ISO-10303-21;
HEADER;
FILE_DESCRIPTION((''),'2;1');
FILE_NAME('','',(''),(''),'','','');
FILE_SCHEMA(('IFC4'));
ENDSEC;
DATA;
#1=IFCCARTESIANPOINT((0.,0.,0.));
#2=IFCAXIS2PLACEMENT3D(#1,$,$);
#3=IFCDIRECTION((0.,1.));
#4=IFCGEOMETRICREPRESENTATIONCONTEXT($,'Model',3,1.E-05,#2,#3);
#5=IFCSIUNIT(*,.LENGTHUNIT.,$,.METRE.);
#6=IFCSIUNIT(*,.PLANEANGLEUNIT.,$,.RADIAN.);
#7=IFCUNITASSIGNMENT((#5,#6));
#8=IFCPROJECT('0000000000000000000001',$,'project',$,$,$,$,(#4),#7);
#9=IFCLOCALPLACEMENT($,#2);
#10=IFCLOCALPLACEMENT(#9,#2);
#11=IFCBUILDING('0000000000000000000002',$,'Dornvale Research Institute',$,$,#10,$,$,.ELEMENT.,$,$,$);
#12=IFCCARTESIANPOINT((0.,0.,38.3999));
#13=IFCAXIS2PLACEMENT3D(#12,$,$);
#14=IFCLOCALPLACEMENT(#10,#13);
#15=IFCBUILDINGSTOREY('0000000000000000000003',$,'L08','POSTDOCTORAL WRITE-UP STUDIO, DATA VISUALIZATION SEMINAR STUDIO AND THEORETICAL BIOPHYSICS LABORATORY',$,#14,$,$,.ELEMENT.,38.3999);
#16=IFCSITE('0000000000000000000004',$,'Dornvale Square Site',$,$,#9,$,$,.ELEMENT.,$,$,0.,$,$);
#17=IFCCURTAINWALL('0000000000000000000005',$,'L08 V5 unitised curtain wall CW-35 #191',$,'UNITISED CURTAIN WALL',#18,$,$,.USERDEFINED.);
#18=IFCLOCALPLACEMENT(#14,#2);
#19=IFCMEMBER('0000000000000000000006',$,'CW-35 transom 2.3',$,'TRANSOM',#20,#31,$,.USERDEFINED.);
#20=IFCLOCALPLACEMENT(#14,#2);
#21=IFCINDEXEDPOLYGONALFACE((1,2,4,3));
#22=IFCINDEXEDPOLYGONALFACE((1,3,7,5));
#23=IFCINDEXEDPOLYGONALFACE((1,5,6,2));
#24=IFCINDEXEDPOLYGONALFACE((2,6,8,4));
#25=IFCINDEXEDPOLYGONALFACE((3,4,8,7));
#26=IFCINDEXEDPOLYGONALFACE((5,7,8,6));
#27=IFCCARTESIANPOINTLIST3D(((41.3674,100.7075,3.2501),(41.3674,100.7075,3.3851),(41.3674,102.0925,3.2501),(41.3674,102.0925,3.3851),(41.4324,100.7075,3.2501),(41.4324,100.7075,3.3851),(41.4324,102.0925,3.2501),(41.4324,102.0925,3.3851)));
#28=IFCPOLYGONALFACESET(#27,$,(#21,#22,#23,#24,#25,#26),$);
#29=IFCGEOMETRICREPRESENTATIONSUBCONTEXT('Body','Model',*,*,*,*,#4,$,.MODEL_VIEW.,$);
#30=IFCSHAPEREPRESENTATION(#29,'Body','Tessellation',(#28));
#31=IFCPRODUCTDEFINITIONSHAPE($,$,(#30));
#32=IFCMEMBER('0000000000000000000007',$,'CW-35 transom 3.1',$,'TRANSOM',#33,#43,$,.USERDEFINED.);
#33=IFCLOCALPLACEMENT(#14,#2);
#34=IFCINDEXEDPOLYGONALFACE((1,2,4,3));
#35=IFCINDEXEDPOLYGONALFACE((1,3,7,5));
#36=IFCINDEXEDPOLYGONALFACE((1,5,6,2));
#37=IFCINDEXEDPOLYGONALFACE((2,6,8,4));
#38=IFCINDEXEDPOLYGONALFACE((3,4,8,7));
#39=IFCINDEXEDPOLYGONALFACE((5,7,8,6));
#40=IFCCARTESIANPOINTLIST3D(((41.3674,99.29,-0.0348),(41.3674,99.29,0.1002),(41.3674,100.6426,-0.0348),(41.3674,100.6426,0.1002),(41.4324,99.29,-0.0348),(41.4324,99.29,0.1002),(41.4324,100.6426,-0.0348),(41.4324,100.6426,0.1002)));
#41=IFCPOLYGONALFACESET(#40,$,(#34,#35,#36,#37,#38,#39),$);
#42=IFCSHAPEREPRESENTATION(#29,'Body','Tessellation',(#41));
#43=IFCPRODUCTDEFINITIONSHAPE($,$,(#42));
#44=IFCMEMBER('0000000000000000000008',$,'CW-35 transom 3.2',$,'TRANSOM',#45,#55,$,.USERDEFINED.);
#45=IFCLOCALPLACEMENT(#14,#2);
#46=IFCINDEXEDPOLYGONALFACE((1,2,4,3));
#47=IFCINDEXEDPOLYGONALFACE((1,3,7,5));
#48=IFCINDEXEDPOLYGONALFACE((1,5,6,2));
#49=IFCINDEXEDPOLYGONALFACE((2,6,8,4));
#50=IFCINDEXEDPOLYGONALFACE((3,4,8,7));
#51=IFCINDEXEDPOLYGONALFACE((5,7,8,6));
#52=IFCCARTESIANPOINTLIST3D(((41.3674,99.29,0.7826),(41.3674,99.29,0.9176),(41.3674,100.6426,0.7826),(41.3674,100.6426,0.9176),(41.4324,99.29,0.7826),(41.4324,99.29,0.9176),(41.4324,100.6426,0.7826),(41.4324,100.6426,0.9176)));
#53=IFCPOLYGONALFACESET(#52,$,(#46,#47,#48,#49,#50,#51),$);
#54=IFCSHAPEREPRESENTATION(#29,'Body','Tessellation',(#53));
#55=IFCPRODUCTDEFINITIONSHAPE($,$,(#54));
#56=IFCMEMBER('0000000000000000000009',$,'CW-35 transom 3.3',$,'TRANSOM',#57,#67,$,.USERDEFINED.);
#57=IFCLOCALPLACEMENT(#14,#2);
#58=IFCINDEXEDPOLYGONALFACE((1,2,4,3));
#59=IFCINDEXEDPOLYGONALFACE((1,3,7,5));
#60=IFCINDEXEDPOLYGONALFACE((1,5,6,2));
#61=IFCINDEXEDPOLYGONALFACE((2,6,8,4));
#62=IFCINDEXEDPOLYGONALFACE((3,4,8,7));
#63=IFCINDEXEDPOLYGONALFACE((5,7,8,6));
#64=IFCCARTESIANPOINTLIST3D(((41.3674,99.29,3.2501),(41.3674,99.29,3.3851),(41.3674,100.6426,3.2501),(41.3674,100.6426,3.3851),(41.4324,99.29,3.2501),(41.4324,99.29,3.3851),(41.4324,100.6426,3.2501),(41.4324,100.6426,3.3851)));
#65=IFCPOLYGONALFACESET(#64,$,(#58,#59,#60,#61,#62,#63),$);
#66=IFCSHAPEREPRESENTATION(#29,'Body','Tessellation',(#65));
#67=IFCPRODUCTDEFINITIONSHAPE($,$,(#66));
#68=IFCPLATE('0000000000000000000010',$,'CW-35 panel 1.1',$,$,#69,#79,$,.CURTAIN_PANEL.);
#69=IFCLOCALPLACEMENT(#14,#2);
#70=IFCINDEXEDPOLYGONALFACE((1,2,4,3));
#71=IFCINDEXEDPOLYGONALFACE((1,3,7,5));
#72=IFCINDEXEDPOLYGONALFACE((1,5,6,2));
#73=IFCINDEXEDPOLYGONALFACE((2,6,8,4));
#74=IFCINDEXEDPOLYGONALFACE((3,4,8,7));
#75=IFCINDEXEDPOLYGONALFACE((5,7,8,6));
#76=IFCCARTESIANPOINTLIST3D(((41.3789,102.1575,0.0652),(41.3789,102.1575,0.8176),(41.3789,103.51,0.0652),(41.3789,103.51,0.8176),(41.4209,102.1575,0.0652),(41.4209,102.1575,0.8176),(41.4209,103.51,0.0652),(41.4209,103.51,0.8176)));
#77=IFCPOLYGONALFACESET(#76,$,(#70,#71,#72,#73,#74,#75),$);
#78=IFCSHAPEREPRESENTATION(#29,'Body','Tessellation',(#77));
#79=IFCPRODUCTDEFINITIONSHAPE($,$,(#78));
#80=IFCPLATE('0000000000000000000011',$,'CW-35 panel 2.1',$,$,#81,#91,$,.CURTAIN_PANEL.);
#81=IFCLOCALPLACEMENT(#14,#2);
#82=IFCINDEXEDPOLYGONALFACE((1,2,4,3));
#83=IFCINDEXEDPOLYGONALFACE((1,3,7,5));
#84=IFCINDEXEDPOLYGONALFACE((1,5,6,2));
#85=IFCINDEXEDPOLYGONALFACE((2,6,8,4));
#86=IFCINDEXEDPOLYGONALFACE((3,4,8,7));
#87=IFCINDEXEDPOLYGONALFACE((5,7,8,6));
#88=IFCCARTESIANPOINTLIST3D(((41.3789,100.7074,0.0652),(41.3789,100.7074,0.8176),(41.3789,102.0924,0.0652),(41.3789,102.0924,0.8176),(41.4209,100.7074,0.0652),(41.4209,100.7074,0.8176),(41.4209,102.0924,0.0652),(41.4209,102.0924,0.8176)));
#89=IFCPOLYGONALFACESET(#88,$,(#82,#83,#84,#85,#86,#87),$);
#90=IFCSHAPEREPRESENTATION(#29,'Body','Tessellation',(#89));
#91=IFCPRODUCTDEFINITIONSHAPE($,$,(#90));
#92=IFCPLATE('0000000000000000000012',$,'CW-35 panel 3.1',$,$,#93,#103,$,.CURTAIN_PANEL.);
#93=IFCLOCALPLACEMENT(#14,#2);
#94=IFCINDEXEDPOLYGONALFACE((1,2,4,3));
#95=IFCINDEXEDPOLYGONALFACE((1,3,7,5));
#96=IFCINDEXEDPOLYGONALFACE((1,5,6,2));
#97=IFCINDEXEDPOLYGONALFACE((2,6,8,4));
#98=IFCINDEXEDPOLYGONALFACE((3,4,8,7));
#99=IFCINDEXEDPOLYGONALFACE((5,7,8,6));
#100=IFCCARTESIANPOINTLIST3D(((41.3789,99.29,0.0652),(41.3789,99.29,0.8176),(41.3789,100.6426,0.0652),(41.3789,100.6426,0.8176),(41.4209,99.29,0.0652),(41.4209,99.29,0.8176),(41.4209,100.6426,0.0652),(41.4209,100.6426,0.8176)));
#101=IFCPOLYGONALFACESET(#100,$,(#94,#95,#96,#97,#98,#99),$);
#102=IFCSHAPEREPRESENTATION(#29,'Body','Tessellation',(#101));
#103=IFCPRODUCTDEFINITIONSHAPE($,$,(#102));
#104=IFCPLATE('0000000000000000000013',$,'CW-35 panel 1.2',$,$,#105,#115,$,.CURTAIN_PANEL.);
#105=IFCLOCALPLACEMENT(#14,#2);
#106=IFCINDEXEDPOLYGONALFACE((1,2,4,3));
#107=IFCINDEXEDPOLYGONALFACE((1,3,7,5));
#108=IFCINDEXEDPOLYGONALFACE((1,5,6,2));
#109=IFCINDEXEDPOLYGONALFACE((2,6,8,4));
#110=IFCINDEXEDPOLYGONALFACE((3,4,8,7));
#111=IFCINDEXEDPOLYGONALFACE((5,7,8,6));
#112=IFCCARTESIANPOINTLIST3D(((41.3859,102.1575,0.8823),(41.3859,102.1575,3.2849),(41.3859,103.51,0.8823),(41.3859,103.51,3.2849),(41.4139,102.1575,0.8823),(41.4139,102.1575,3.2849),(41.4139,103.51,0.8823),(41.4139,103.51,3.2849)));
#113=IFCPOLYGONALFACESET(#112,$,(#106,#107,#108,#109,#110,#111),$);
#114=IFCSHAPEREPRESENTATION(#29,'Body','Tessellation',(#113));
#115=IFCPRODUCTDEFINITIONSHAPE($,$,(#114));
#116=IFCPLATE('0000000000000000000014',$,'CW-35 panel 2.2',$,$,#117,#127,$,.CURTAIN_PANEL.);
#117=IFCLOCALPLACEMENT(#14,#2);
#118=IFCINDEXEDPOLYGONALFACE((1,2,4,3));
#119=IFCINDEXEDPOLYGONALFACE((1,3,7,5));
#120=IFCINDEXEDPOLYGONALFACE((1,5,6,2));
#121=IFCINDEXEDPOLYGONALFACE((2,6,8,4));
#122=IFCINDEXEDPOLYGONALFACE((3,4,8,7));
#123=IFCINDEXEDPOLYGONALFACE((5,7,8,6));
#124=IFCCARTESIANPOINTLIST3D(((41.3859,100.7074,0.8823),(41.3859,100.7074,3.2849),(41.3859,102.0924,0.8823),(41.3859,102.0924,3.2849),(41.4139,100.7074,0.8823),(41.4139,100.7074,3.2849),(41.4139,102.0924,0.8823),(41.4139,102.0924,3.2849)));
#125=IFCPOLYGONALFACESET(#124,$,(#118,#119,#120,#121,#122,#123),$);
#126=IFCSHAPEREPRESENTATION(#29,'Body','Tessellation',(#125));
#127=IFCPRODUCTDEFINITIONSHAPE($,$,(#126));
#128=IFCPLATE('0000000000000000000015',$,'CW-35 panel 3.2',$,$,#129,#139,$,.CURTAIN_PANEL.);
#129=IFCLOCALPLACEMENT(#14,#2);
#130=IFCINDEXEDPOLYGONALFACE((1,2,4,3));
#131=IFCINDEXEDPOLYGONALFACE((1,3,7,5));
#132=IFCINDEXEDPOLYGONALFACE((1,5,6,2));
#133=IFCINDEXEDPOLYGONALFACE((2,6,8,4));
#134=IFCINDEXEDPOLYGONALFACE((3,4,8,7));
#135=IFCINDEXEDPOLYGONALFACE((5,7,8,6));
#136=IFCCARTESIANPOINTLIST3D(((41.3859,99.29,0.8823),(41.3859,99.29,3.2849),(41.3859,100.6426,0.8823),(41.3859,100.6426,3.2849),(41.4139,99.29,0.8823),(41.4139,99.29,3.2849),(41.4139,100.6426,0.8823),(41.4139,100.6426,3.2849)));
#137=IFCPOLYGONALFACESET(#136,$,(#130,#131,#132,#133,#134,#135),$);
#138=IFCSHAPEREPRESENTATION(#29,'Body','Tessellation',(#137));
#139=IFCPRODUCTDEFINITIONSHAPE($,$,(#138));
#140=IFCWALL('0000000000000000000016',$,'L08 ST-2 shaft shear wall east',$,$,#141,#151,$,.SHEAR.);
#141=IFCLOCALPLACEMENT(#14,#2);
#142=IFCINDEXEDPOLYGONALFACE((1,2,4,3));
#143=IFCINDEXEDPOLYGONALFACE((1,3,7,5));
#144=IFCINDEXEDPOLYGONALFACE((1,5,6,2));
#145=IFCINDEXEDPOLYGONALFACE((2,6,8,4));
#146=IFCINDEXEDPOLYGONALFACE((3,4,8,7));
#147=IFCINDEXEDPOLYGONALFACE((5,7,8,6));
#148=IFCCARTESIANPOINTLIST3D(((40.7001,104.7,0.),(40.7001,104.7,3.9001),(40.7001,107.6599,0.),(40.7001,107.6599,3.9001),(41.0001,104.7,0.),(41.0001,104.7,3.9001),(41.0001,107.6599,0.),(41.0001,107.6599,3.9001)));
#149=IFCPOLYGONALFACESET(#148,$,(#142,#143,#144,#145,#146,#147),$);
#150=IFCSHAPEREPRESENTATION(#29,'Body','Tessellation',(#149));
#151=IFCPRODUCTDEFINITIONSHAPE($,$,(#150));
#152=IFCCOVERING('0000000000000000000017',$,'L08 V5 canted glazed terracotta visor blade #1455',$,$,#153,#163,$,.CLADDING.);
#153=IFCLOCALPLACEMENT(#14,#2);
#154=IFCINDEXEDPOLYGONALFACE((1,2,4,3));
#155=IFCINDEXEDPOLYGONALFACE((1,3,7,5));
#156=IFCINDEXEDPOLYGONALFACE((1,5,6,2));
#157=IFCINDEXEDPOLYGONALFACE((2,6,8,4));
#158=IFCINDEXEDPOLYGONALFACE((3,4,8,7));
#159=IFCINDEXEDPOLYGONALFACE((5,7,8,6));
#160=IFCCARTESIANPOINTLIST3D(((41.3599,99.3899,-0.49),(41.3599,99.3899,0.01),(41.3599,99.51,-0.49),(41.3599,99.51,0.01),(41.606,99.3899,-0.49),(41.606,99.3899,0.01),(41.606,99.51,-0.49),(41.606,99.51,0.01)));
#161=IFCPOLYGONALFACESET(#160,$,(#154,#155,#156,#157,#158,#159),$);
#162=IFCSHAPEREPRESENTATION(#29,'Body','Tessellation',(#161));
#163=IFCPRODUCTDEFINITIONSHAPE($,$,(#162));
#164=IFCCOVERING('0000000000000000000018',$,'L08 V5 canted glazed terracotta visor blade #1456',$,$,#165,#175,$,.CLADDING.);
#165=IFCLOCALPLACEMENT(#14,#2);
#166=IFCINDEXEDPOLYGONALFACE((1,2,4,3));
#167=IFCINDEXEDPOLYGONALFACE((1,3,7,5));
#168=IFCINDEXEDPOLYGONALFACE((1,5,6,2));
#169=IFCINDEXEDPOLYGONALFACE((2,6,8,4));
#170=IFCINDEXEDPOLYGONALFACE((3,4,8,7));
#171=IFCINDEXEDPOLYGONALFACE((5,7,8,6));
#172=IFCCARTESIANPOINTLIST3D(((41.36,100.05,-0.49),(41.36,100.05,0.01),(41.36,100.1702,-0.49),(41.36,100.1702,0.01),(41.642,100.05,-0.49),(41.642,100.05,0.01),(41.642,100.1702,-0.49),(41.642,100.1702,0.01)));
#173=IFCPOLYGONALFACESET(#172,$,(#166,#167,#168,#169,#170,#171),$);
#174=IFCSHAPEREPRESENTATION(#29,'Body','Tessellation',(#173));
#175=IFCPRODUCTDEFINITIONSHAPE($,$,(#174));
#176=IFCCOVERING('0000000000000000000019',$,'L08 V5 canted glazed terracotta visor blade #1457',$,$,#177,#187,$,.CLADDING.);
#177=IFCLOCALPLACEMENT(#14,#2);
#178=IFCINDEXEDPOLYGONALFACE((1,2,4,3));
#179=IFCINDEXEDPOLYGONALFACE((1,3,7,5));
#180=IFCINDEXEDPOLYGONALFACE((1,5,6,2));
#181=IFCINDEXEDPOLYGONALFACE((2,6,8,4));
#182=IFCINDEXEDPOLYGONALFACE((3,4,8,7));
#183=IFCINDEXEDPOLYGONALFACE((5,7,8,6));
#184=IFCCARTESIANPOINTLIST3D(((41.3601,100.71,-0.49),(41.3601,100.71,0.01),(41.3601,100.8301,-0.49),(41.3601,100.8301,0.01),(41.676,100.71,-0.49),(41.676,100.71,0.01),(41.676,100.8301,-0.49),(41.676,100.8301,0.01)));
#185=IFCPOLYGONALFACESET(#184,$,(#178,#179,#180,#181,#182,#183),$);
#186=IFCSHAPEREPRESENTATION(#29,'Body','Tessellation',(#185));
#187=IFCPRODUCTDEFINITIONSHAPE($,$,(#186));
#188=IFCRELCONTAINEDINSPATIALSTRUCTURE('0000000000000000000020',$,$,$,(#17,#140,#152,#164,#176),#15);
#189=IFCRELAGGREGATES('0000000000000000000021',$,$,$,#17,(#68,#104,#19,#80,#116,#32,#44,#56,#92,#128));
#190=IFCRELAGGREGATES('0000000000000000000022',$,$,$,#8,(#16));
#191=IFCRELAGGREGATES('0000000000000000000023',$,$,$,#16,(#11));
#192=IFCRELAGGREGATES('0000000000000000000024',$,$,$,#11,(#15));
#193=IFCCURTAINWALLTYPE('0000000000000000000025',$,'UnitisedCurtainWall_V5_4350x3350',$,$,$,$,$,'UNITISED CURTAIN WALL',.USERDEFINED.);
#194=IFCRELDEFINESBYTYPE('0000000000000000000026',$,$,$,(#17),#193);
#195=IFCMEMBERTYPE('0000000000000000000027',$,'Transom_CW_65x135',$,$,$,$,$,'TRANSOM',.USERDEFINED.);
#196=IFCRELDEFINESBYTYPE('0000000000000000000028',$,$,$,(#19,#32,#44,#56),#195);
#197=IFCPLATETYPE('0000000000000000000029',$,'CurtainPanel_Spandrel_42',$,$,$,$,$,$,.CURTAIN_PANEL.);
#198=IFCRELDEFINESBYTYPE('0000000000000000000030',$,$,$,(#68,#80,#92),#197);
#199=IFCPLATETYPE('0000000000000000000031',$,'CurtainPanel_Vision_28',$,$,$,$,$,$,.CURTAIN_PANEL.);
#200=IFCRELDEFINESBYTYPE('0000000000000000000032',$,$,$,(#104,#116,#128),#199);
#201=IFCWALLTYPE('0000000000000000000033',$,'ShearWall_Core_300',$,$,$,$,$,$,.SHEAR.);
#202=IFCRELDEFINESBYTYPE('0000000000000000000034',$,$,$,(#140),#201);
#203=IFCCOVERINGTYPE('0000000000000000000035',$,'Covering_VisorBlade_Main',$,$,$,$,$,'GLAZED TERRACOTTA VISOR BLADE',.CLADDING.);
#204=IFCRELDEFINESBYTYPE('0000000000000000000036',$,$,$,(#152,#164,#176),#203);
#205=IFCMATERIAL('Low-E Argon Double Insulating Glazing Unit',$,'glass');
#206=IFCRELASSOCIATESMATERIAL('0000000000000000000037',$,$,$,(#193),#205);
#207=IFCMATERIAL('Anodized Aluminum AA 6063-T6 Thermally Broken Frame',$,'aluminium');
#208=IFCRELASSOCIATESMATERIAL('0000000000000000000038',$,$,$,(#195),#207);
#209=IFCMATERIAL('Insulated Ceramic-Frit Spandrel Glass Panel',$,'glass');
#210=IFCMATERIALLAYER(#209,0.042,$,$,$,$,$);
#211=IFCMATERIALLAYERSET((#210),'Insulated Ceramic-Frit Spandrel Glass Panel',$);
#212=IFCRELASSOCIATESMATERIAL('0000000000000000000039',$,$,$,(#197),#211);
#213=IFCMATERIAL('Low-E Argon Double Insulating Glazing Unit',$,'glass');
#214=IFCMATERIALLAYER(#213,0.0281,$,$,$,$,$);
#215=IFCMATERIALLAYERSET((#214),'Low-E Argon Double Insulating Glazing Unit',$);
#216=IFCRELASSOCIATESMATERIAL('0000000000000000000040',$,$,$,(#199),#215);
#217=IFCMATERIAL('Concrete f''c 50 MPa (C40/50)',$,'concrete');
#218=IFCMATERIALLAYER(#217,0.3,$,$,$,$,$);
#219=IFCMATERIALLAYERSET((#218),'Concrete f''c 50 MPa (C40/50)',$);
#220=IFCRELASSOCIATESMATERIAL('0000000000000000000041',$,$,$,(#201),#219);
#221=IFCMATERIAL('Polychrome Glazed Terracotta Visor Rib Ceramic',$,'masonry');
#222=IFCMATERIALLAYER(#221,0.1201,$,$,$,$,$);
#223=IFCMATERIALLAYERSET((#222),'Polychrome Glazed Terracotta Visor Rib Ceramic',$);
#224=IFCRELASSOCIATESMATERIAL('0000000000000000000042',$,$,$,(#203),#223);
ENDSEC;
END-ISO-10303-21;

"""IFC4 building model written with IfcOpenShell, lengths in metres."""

from ifc_helpers import new_model, si_unit, direction, frame, frame_2d, origin, origin_2d, place, context, subcontext, project, spatial, rectangle, extrude, material, layer, layer_set, material_profile, profile_set, type_object, element, aggregate, save


model = new_model("IFC4")

# Units and contexts
model_context = context("Model", 3, precision=1e-05, world=origin(), true_north=direction((0.0, 1.0)))
body_context = subcontext(model_context, "Body", "Model", "MODEL_VIEW")
ifc_project = project(units=[si_unit("LENGTHUNIT", "METRE"), si_unit("PLANEANGLEUNIT", "RADIAN")], contexts=[model_context])

# Site, building, storey
site_placement = place(None, origin())
site = spatial("IfcSite", under=ifc_project, at=site_placement, Name="Dornvale Square Site", CompositionType="ELEMENT", RefElevation=0.0)
building_placement = place(site_placement, origin())
building = spatial("IfcBuilding", under=site, at=building_placement, Name="Dornvale Research Institute", CompositionType="ELEMENT")
storey_placement = place(building_placement, frame((0.0, 0.0, 38.3999)))
storey = spatial("IfcBuildingStorey", under=building, at=storey_placement, Name="L08", Description="POSTDOCTORAL WRITE-UP STUDIO, DATA VISUALIZATION SEMINAR STUDIO AND THEORETICAL BIOPHYSICS LABORATORY", CompositionType="ELEMENT", Elevation=38.3999)

# Curtain wall
ifc_material_1 = material(Name="Low-E Argon Double Insulating Glazing Unit", Category="glass")
curtain_wall_type = type_object("IfcCurtainWallType", Name="UnitisedCurtainWall_V5_4350x3350", ElementType="UNITISED CURTAIN WALL", PredefinedType="USERDEFINED", material=ifc_material_1)
curtain_wall_placement = place(storey_placement, origin())
curtain_wall = element("IfcCurtainWall", 1, at=curtain_wall_placement, inside=storey, type_object=curtain_wall_type, Name="L08 V5 unitised curtain wall CW-35 #191", ObjectType="UNITISED CURTAIN WALL", PredefinedType="USERDEFINED")

# Members
ifc_material_2 = material(Name="Anodized Aluminum AA 6063-T6 Thermally Broken Frame", Category="aluminium")
ifc_material_profile_1 = material_profile(ifc_material_2, rectangle(XDim=0.0649, YDim=0.135, at=origin_2d()), Name="ALU TRANSOM 65x135")
ifc_profile_set_1 = profile_set([ifc_material_profile_1], Name="Anodized Aluminum AA 6063-T6 Thermally Broken Frame")
member_type_1 = type_object("IfcMemberType", Name="Transom_CW_65x135", ElementType="TRANSOM", PredefinedType="USERDEFINED", material=ifc_profile_set_1)
member_1_placement = place(storey_placement, frame((41.3999, 102.0925, 3.3176), z_axis=(0.0, -1.0, 0.0), x_axis=(1.0, 0.0, 0.0)))
member_1 = element("IfcMember", 2, at=member_1_placement, type_object=member_type_1, Name="CW-35 transom 2.3", ObjectType="TRANSOM", PredefinedType="USERDEFINED", context=body_context, shape_type="SweptSolid", body=[
    extrude(rectangle(XDim=0.0649, YDim=0.135, at=origin_2d()), origin(), (0.0, 0.0, 1.0), 1.385),
])
member_2_placement = place(storey_placement, frame((41.3999, 100.6426, 0.0327), z_axis=(0.0, -1.0, 0.0), x_axis=(1.0, 0.0, 0.0)))
member_2 = element("IfcMember", 3, at=member_2_placement, type_object=member_type_1, Name="CW-35 transom 3.1", ObjectType="TRANSOM", PredefinedType="USERDEFINED", context=body_context, shape_type="SweptSolid", body=[
    extrude(rectangle(XDim=0.0649, YDim=0.135, at=origin_2d()), origin(), (0.0, 0.0, 1.0), 1.3525),
])
member_3_placement = place(storey_placement, frame((41.3999, 100.6426, 0.8501), z_axis=(0.0, -1.0, 0.0), x_axis=(1.0, 0.0, 0.0)))
member_3 = element("IfcMember", 4, at=member_3_placement, type_object=member_type_1, Name="CW-35 transom 3.2", ObjectType="TRANSOM", PredefinedType="USERDEFINED", context=body_context, shape_type="SweptSolid", body=[
    extrude(rectangle(XDim=0.0649, YDim=0.135, at=origin_2d()), origin(), (0.0, 0.0, 1.0), 1.3525),
])
member_4_placement = place(storey_placement, frame((41.3999, 100.6426, 3.3176), z_axis=(0.0, -1.0, 0.0), x_axis=(1.0, 0.0, 0.0)))
member_4 = element("IfcMember", 5, at=member_4_placement, type_object=member_type_1, Name="CW-35 transom 3.3", ObjectType="TRANSOM", PredefinedType="USERDEFINED", context=body_context, shape_type="SweptSolid", body=[
    extrude(rectangle(XDim=0.0649, YDim=0.135, at=origin_2d()), origin(), (0.0, 0.0, 1.0), 1.3525),
])

# Plates
ifc_material_3 = material(Name="Insulated Ceramic-Frit Spandrel Glass Panel", Category="glass")
ifc_layer_1 = layer(ifc_material_3, 0.042)
ifc_layer_set_1 = layer_set([ifc_layer_1], Name="Insulated Ceramic-Frit Spandrel Glass Panel")
plate_type_1 = type_object("IfcPlateType", Name="CurtainPanel_Spandrel_42", PredefinedType="CURTAIN_PANEL", material=ifc_layer_set_1)
plate_1_placement = place(storey_placement, frame((41.3999, 102.8337, 0.0652), z_axis=(0.0, 0.0, 1.0), x_axis=(0.0, -1.0, 0.0)))
plate_1 = element("IfcPlate", 6, at=plate_1_placement, type_object=plate_type_1, Name="CW-35 panel 1.1", PredefinedType="CURTAIN_PANEL", context=body_context, shape_type="SweptSolid", body=[
    extrude(rectangle(XDim=1.3525, YDim=0.042, at=origin_2d()), origin(), (0.0, 0.0, 1.0), 0.7524),
])
plate_2_placement = place(storey_placement, frame((41.3999, 101.3999, 0.0652), z_axis=(0.0, 0.0, 1.0), x_axis=(0.0, -1.0, 0.0)))
plate_2 = element("IfcPlate", 7, at=plate_2_placement, type_object=plate_type_1, Name="CW-35 panel 2.1", PredefinedType="CURTAIN_PANEL", context=body_context, shape_type="SweptSolid", body=[
    extrude(rectangle(XDim=1.385, YDim=0.042, at=origin_2d()), origin(), (0.0, 0.0, 1.0), 0.7524),
])
plate_3_placement = place(storey_placement, frame((41.3999, 99.9663, 0.0652), z_axis=(0.0, 0.0, 1.0), x_axis=(0.0, -1.0, 0.0)))
plate_3 = element("IfcPlate", 8, at=plate_3_placement, type_object=plate_type_1, Name="CW-35 panel 3.1", PredefinedType="CURTAIN_PANEL", context=body_context, shape_type="SweptSolid", body=[
    extrude(rectangle(XDim=1.3525, YDim=0.042, at=origin_2d()), origin(), (0.0, 0.0, 1.0), 0.7524),
])
ifc_material_4 = material(Name="Low-E Argon Double Insulating Glazing Unit", Category="glass")
ifc_layer_2 = layer(ifc_material_4, 0.0281)
ifc_layer_set_2 = layer_set([ifc_layer_2], Name="Low-E Argon Double Insulating Glazing Unit")
plate_type_2 = type_object("IfcPlateType", Name="CurtainPanel_Vision_28", PredefinedType="CURTAIN_PANEL", material=ifc_layer_set_2)
plate_4_placement = place(storey_placement, frame((41.3999, 102.8337, 0.8823), z_axis=(0.0, 0.0, 1.0), x_axis=(0.0, -1.0, 0.0)))
plate_4 = element("IfcPlate", 9, at=plate_4_placement, type_object=plate_type_2, Name="CW-35 panel 1.2", PredefinedType="CURTAIN_PANEL", context=body_context, shape_type="SweptSolid", body=[
    extrude(rectangle(XDim=1.3525, YDim=0.0281, at=origin_2d()), origin(), (0.0, 0.0, 1.0), 2.4026),
])
plate_5_placement = place(storey_placement, frame((41.3999, 101.3999, 0.8823), z_axis=(0.0, 0.0, 1.0), x_axis=(0.0, -1.0, 0.0)))
plate_5 = element("IfcPlate", 10, at=plate_5_placement, type_object=plate_type_2, Name="CW-35 panel 2.2", PredefinedType="CURTAIN_PANEL", context=body_context, shape_type="SweptSolid", body=[
    extrude(rectangle(XDim=1.385, YDim=0.0281, at=origin_2d()), origin(), (0.0, 0.0, 1.0), 2.4026),
])
plate_6_placement = place(storey_placement, frame((41.3999, 99.9663, 0.8823), z_axis=(0.0, 0.0, 1.0), x_axis=(0.0, -1.0, 0.0)))
plate_6 = element("IfcPlate", 11, at=plate_6_placement, type_object=plate_type_2, Name="CW-35 panel 3.2", PredefinedType="CURTAIN_PANEL", context=body_context, shape_type="SweptSolid", body=[
    extrude(rectangle(XDim=1.3525, YDim=0.0281, at=origin_2d()), origin(), (0.0, 0.0, 1.0), 2.4026),
])
aggregate(curtain_wall, [plate_1, plate_4, member_1, plate_2, plate_5, member_2, member_3, member_4, plate_3, plate_6])

# Wall
ifc_material_5 = material(Name="Concrete f'c 50 MPa (C40/50)", Category="concrete")
ifc_layer_3 = layer(ifc_material_5, 0.3)
ifc_layer_set_3 = layer_set([ifc_layer_3], Name="Concrete f'c 50 MPa (C40/50)")
wall_type = type_object("IfcWallType", Name="ShearWall_Core_300", PredefinedType="SHEAR", material=ifc_layer_set_3)
wall_placement = place(storey_placement, frame((40.8501, 104.7, 0.0), z_axis=(0.0, 0.0, 1.0), x_axis=(0.0, 1.0, 0.0)))
element("IfcWall", 12, at=wall_placement, inside=storey, type_object=wall_type, Name="L08 ST-2 shaft shear wall east", PredefinedType="SHEAR", context=body_context, shape_type="SweptSolid", body=[
    extrude(rectangle(XDim=2.96, YDim=0.3, at=frame_2d((1.48, 0.0))), origin(), (0.0, 0.0, 1.0), 3.9001),
])

# Coverings
ifc_material_6 = material(Name="Polychrome Glazed Terracotta Visor Rib Ceramic", Category="masonry")
ifc_layer_4 = layer(ifc_material_6, 0.1201)
ifc_layer_set_4 = layer_set([ifc_layer_4], Name="Polychrome Glazed Terracotta Visor Rib Ceramic")
covering_type = type_object("IfcCoveringType", Name="Covering_VisorBlade_Main", ElementType="GLAZED TERRACOTTA VISOR BLADE", PredefinedType="CLADDING", material=ifc_layer_set_4)
covering_1_placement = place(storey_placement, frame((41.4829, 99.45, -0.49), z_axis=(0.0, 0.0, 1.0), x_axis=(1.0, 0.0, 0.0)))
element("IfcCovering", 13, at=covering_1_placement, inside=storey, type_object=covering_type, Name="L08 V5 canted glazed terracotta visor blade #1455", PredefinedType="CLADDING", context=body_context, shape_type="SweptSolid", body=[
    extrude(rectangle(XDim=0.2461, YDim=0.1201, at=origin_2d()), origin(), (0.0, 0.0, 1.0), 0.5),
])
covering_2_placement = place(storey_placement, frame((41.501, 100.1101, -0.49), z_axis=(0.0, 0.0, 1.0), x_axis=(1.0, 0.0, 0.0)))
element("IfcCovering", 14, at=covering_2_placement, inside=storey, type_object=covering_type, Name="L08 V5 canted glazed terracotta visor blade #1456", PredefinedType="CLADDING", context=body_context, shape_type="SweptSolid", body=[
    extrude(rectangle(XDim=0.282, YDim=0.1201, at=origin_2d()), origin(), (0.0, 0.0, 1.0), 0.5),
])
covering_3_placement = place(storey_placement, frame((41.5181, 100.77, -0.49), z_axis=(0.0, 0.0, 1.0), x_axis=(1.0, 0.0, 0.0)))
element("IfcCovering", 15, at=covering_3_placement, inside=storey, type_object=covering_type, Name="L08 V5 canted glazed terracotta visor blade #1457", PredefinedType="CLADDING", context=body_context, shape_type="SweptSolid", body=[
    extrude(rectangle(XDim=0.3159, YDim=0.1201, at=origin_2d()), origin(), (0.0, 0.0, 1.0), 0.5),
])

save(model, "model.ifc")
